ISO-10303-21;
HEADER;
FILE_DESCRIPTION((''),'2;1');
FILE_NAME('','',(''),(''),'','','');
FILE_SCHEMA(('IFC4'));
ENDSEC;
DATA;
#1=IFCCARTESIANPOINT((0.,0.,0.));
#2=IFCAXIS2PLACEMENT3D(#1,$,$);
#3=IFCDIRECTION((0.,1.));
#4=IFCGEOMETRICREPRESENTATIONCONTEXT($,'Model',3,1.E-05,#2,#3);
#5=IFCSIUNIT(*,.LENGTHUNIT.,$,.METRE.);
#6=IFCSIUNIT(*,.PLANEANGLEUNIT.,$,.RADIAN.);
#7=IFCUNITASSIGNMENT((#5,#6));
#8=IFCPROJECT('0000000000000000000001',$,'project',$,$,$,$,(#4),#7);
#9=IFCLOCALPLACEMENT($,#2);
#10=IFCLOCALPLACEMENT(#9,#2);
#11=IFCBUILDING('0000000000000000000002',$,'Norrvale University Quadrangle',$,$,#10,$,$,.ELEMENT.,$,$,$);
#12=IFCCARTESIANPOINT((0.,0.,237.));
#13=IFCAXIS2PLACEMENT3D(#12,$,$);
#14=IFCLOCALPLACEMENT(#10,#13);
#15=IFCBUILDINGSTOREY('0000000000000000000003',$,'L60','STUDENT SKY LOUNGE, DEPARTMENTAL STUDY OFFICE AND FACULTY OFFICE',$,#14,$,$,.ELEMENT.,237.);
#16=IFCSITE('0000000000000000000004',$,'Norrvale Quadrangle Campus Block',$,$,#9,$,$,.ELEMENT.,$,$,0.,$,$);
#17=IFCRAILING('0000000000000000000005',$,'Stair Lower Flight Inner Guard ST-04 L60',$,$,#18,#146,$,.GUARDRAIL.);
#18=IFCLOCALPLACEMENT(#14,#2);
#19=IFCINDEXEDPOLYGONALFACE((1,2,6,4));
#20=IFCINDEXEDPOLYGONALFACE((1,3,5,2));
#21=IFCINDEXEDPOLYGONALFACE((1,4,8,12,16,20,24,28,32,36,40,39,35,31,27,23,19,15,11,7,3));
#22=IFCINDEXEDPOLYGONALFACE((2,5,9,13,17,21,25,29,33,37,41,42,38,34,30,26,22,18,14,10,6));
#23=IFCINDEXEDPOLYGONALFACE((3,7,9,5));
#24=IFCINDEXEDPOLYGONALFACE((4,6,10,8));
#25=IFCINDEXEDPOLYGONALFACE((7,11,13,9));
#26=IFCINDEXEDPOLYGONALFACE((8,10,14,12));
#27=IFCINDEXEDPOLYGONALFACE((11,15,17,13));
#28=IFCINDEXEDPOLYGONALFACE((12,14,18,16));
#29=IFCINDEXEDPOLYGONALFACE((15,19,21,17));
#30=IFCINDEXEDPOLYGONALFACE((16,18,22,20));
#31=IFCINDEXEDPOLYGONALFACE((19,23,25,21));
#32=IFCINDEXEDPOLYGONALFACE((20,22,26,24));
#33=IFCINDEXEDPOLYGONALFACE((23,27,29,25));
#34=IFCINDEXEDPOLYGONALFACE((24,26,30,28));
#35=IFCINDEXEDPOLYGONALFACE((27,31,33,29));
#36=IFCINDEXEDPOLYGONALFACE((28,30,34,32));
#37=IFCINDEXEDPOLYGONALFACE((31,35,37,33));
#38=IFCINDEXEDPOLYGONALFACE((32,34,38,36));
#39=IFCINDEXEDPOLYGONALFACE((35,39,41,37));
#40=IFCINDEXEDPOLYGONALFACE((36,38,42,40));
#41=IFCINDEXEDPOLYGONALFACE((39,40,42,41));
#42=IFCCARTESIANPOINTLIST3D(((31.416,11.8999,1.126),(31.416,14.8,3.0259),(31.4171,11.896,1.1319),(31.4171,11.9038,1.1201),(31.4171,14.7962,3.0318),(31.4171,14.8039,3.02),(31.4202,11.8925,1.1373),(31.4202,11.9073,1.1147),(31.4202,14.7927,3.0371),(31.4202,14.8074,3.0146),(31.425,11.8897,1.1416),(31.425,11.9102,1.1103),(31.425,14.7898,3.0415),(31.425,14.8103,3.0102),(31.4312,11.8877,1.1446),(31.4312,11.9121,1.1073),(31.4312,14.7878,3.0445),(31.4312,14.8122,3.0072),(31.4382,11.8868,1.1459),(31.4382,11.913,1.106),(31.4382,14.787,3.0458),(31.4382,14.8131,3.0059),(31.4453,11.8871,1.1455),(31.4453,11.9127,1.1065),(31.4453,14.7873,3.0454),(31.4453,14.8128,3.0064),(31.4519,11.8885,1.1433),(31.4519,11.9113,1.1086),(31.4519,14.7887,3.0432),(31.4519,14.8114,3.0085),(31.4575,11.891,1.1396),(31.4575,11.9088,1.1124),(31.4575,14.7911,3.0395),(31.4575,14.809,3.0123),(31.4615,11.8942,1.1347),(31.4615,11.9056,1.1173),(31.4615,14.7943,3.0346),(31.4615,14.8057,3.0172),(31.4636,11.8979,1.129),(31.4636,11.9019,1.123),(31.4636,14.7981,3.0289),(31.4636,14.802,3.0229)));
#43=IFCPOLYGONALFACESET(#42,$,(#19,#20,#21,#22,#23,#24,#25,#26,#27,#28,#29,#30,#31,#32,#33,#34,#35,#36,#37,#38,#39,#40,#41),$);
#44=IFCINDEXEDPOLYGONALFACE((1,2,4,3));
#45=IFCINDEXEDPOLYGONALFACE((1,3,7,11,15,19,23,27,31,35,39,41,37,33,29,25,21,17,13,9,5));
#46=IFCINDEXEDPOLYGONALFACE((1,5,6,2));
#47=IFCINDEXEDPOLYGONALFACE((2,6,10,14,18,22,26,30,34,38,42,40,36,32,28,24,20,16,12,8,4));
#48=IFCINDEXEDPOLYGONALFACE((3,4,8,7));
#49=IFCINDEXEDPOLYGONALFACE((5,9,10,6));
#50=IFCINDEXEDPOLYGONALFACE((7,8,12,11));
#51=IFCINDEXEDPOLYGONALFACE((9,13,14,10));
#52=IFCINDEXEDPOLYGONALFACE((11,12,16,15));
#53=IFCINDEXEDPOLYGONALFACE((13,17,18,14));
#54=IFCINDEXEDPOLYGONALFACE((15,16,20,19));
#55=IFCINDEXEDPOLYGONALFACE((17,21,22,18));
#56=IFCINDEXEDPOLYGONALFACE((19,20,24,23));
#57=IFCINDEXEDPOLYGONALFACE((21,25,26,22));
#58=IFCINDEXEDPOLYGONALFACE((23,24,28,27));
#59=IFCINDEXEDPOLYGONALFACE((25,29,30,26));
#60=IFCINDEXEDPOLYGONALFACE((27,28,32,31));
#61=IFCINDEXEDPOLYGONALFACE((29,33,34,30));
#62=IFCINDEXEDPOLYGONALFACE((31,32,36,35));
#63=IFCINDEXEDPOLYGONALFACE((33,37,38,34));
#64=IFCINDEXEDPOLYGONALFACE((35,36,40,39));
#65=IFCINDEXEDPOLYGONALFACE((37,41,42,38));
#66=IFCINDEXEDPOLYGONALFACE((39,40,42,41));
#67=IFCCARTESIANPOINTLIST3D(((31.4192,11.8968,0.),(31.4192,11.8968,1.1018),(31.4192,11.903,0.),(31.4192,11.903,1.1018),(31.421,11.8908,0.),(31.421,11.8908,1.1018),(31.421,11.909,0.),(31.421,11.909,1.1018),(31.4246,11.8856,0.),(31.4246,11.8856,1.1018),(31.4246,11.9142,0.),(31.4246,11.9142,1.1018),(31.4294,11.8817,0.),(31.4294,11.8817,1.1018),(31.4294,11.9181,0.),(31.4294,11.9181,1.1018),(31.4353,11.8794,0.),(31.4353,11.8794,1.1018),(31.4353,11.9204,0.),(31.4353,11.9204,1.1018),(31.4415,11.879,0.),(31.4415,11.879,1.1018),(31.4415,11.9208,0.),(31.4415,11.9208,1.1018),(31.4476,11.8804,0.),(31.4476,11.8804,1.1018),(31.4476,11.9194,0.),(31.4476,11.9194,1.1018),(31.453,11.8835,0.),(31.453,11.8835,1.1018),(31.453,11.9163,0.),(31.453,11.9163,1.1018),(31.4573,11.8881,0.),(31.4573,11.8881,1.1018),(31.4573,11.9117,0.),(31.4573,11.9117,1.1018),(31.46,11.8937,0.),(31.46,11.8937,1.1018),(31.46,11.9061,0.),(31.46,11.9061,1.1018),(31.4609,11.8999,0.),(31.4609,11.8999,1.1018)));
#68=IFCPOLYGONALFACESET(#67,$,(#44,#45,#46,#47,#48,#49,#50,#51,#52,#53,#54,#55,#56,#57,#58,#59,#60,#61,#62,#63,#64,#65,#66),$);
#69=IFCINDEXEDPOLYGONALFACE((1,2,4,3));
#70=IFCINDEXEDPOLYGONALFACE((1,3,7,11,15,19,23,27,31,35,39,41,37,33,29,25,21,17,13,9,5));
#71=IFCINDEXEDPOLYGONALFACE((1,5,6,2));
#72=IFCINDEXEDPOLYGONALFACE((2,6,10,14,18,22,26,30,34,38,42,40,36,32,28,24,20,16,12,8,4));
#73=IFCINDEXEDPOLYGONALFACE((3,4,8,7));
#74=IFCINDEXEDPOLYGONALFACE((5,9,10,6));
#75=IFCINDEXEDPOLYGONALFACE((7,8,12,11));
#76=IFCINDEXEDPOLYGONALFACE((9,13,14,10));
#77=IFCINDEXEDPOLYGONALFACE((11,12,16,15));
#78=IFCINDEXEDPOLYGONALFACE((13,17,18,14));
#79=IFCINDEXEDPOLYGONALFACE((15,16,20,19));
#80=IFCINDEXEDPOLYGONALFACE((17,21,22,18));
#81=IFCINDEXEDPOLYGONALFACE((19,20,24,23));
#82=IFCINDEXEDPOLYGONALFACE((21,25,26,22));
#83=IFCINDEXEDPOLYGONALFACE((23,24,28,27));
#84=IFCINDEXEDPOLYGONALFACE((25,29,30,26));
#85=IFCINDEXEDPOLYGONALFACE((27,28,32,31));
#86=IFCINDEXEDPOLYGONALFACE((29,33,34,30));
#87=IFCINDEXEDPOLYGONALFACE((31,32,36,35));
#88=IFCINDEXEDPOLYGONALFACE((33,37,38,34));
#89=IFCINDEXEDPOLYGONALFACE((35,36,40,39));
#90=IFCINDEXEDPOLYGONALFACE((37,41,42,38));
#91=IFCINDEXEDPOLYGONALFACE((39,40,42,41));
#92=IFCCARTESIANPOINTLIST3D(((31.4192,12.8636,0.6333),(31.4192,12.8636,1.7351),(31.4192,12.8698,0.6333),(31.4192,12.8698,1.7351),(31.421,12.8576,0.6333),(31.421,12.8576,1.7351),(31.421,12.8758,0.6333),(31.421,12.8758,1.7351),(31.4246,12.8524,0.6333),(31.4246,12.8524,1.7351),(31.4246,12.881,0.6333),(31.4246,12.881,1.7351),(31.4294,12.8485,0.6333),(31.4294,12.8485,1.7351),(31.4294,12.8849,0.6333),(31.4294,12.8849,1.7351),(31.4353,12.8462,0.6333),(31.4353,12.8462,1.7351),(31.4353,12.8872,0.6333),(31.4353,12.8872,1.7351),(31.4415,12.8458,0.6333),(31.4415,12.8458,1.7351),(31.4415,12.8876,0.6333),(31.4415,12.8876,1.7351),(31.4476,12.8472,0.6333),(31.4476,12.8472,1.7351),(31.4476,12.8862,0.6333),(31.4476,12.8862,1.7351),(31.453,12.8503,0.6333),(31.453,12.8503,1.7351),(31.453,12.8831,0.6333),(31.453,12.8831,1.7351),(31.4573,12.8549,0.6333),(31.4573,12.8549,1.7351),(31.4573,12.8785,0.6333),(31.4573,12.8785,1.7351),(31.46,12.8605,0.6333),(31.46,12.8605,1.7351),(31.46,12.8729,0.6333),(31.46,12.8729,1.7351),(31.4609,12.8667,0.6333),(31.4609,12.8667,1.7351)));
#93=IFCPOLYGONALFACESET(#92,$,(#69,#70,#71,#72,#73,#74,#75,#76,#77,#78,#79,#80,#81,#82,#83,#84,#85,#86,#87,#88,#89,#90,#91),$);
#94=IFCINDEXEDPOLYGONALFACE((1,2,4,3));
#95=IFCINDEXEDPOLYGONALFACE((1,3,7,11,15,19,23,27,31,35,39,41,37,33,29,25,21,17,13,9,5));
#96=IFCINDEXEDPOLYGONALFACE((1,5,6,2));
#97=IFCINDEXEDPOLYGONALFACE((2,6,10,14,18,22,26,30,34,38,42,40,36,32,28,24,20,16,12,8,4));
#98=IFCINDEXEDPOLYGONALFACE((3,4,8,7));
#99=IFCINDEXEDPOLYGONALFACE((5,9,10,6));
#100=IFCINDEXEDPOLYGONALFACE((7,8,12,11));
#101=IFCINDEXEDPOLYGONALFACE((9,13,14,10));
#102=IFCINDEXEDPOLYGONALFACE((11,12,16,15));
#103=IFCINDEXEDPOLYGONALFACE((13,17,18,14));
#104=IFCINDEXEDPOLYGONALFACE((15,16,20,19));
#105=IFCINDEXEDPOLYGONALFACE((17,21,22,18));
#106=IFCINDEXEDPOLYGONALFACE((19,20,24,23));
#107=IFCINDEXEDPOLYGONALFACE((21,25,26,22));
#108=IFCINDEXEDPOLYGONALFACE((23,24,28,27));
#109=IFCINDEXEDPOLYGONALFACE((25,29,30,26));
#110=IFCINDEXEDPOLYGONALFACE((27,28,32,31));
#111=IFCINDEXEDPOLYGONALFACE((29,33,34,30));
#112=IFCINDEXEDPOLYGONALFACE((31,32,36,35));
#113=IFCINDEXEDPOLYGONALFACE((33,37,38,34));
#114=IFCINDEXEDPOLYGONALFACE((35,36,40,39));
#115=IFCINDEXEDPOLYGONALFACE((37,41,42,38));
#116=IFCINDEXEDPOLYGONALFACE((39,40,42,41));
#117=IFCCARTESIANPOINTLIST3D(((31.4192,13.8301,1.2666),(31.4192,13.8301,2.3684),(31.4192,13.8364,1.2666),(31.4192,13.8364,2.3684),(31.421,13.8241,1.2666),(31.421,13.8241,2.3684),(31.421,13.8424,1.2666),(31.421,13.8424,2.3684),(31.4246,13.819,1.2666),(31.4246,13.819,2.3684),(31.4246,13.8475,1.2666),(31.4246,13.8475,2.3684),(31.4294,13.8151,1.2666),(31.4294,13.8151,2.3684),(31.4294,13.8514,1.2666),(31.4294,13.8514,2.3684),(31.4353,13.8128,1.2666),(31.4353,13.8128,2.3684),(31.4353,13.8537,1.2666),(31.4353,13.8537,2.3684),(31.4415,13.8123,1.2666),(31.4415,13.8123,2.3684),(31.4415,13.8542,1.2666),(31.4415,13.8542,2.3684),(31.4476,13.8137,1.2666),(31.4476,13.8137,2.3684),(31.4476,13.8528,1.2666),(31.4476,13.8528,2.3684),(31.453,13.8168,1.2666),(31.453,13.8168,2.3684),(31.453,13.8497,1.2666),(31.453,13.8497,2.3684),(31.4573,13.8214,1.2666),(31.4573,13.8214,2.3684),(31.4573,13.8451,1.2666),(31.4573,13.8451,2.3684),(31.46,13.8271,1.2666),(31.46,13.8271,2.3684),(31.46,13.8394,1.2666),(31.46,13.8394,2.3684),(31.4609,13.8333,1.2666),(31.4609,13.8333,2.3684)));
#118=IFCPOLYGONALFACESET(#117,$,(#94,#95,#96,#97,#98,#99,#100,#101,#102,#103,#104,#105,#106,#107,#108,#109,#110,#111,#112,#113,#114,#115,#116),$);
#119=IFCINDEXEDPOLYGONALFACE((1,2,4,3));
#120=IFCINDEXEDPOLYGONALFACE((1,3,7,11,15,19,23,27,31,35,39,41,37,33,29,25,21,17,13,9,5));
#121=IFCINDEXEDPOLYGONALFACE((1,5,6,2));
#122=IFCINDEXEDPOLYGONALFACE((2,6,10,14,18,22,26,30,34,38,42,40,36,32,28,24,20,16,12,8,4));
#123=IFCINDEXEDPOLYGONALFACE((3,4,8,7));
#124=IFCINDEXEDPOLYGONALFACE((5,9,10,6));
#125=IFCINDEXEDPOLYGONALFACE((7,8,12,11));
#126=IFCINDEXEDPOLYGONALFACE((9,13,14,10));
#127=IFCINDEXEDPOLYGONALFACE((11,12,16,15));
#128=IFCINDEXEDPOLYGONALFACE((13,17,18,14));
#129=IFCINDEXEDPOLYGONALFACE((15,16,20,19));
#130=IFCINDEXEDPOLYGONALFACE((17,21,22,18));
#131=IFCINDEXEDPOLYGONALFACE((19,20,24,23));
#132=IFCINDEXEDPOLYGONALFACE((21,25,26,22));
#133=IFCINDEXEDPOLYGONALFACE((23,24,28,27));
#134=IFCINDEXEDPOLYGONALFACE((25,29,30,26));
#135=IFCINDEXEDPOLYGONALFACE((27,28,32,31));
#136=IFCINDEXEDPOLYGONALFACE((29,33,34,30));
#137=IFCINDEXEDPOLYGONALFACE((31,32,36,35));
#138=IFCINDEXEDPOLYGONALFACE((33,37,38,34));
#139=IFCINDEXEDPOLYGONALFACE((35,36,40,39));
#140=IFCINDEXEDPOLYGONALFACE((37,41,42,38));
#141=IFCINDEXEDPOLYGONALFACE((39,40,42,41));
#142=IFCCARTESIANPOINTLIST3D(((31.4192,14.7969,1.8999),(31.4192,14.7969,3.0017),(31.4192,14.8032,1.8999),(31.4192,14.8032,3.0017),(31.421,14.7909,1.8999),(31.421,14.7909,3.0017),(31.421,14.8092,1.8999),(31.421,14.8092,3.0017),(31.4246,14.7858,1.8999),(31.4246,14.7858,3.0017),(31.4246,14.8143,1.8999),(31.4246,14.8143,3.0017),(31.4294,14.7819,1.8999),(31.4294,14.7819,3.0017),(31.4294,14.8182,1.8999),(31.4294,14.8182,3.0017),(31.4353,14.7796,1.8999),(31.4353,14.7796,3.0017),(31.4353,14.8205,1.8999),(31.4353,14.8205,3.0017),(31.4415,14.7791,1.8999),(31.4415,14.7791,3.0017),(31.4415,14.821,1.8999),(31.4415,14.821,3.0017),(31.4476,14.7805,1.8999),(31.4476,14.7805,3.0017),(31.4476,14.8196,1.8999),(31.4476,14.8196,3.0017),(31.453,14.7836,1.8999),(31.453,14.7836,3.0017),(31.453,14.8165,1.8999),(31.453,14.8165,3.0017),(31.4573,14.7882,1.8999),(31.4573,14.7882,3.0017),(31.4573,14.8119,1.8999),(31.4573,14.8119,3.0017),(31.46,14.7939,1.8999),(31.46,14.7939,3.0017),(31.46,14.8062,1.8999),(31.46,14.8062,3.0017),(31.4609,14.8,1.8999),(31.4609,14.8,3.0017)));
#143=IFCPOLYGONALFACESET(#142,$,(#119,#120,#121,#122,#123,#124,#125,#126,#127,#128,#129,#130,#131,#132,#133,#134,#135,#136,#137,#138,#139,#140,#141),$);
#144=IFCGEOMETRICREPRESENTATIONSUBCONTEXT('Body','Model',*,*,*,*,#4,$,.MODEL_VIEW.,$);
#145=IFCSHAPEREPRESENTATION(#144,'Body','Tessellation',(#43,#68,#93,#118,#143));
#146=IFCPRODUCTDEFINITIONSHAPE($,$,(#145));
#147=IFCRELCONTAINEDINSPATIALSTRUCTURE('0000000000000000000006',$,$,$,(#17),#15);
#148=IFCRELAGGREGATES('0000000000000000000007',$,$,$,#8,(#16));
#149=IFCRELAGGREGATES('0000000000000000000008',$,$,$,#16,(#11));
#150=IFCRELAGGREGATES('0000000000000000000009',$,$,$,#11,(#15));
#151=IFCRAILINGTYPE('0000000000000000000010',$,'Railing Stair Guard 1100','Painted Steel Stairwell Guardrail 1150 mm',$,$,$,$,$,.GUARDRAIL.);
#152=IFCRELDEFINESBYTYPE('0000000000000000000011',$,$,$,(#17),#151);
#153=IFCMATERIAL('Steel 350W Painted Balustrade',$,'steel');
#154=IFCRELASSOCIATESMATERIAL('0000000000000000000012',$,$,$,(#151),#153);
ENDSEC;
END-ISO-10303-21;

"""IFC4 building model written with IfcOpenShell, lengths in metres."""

from ifc_helpers import new_model, si_unit, direction, frame, origin, origin_2d, place, context, subcontext, project, spatial, circle, extrude, material, type_object, element, save


model = new_model("IFC4")

# Units and contexts
model_context = context("Model", 3, precision=1e-05, world=origin(), true_north=direction((0.0, 1.0)))
body_context = subcontext(model_context, "Body", "Model", "MODEL_VIEW")
ifc_project = project(units=[si_unit("LENGTHUNIT", "METRE"), si_unit("PLANEANGLEUNIT", "RADIAN")], contexts=[model_context])

# Site, building, storey
site_placement = place(None, origin())
site = spatial("IfcSite", under=ifc_project, at=site_placement, Name="Norrvale Quadrangle Campus Block", CompositionType="ELEMENT", RefElevation=0.0)
building_placement = place(site_placement, origin())
building = spatial("IfcBuilding", under=site, at=building_placement, Name="Norrvale University Quadrangle", CompositionType="ELEMENT")
storey_placement = place(building_placement, frame((0.0, 0.0, 237.0)))
storey = spatial("IfcBuildingStorey", under=building, at=storey_placement, Name="L60", Description="STUDENT SKY LOUNGE, DEPARTMENTAL STUDY OFFICE AND FACULTY OFFICE", CompositionType="ELEMENT", Elevation=237.0)

# Railing
ifc_material_1 = material(Name="Steel 350W Painted Balustrade", Category="steel")
railing_type_1 = type_object("IfcRailingType", Name="Railing Stair Guard 1100", Description="Painted Steel Stairwell Guardrail 1150 mm", PredefinedType="GUARDRAIL", material=ifc_material_1)
railing_1_placement = place(storey_placement, frame((31.4399, 11.8999, 0.0)))
element("IfcRailing", 1, at=railing_1_placement, inside=storey, type_object=railing_type_1, Name="Stair Lower Flight Inner Guard ST-04 L60", PredefinedType="GUARDRAIL", context=body_context, shape_type="SweptSolid", body=[
    extrude(circle(Radius=0.0239, at=origin_2d()), frame((0.0, 0.0, 1.126), z_axis=(0.0, 0.836487, 0.547987), x_axis=(-1.0, 0.0, 0.0)), (0.0, 0.0, 1.0), 3.467),
    extrude(circle(Radius=0.021, at=origin_2d()), origin(), (0.0, 0.0, 1.0), 1.1018),
    extrude(circle(Radius=0.021, at=origin_2d()), frame((0.0, 0.9668, 0.6333)), (0.0, 0.0, 1.0), 1.1018),
    extrude(circle(Radius=0.021, at=origin_2d()), frame((0.0, 1.9333, 1.2666)), (0.0, 0.0, 1.0), 1.1018),
    extrude(circle(Radius=0.021, at=origin_2d()), frame((0.0, 2.9001, 1.8999)), (0.0, 0.0, 1.0), 1.1018),
])

save(model, "model.ifc")
